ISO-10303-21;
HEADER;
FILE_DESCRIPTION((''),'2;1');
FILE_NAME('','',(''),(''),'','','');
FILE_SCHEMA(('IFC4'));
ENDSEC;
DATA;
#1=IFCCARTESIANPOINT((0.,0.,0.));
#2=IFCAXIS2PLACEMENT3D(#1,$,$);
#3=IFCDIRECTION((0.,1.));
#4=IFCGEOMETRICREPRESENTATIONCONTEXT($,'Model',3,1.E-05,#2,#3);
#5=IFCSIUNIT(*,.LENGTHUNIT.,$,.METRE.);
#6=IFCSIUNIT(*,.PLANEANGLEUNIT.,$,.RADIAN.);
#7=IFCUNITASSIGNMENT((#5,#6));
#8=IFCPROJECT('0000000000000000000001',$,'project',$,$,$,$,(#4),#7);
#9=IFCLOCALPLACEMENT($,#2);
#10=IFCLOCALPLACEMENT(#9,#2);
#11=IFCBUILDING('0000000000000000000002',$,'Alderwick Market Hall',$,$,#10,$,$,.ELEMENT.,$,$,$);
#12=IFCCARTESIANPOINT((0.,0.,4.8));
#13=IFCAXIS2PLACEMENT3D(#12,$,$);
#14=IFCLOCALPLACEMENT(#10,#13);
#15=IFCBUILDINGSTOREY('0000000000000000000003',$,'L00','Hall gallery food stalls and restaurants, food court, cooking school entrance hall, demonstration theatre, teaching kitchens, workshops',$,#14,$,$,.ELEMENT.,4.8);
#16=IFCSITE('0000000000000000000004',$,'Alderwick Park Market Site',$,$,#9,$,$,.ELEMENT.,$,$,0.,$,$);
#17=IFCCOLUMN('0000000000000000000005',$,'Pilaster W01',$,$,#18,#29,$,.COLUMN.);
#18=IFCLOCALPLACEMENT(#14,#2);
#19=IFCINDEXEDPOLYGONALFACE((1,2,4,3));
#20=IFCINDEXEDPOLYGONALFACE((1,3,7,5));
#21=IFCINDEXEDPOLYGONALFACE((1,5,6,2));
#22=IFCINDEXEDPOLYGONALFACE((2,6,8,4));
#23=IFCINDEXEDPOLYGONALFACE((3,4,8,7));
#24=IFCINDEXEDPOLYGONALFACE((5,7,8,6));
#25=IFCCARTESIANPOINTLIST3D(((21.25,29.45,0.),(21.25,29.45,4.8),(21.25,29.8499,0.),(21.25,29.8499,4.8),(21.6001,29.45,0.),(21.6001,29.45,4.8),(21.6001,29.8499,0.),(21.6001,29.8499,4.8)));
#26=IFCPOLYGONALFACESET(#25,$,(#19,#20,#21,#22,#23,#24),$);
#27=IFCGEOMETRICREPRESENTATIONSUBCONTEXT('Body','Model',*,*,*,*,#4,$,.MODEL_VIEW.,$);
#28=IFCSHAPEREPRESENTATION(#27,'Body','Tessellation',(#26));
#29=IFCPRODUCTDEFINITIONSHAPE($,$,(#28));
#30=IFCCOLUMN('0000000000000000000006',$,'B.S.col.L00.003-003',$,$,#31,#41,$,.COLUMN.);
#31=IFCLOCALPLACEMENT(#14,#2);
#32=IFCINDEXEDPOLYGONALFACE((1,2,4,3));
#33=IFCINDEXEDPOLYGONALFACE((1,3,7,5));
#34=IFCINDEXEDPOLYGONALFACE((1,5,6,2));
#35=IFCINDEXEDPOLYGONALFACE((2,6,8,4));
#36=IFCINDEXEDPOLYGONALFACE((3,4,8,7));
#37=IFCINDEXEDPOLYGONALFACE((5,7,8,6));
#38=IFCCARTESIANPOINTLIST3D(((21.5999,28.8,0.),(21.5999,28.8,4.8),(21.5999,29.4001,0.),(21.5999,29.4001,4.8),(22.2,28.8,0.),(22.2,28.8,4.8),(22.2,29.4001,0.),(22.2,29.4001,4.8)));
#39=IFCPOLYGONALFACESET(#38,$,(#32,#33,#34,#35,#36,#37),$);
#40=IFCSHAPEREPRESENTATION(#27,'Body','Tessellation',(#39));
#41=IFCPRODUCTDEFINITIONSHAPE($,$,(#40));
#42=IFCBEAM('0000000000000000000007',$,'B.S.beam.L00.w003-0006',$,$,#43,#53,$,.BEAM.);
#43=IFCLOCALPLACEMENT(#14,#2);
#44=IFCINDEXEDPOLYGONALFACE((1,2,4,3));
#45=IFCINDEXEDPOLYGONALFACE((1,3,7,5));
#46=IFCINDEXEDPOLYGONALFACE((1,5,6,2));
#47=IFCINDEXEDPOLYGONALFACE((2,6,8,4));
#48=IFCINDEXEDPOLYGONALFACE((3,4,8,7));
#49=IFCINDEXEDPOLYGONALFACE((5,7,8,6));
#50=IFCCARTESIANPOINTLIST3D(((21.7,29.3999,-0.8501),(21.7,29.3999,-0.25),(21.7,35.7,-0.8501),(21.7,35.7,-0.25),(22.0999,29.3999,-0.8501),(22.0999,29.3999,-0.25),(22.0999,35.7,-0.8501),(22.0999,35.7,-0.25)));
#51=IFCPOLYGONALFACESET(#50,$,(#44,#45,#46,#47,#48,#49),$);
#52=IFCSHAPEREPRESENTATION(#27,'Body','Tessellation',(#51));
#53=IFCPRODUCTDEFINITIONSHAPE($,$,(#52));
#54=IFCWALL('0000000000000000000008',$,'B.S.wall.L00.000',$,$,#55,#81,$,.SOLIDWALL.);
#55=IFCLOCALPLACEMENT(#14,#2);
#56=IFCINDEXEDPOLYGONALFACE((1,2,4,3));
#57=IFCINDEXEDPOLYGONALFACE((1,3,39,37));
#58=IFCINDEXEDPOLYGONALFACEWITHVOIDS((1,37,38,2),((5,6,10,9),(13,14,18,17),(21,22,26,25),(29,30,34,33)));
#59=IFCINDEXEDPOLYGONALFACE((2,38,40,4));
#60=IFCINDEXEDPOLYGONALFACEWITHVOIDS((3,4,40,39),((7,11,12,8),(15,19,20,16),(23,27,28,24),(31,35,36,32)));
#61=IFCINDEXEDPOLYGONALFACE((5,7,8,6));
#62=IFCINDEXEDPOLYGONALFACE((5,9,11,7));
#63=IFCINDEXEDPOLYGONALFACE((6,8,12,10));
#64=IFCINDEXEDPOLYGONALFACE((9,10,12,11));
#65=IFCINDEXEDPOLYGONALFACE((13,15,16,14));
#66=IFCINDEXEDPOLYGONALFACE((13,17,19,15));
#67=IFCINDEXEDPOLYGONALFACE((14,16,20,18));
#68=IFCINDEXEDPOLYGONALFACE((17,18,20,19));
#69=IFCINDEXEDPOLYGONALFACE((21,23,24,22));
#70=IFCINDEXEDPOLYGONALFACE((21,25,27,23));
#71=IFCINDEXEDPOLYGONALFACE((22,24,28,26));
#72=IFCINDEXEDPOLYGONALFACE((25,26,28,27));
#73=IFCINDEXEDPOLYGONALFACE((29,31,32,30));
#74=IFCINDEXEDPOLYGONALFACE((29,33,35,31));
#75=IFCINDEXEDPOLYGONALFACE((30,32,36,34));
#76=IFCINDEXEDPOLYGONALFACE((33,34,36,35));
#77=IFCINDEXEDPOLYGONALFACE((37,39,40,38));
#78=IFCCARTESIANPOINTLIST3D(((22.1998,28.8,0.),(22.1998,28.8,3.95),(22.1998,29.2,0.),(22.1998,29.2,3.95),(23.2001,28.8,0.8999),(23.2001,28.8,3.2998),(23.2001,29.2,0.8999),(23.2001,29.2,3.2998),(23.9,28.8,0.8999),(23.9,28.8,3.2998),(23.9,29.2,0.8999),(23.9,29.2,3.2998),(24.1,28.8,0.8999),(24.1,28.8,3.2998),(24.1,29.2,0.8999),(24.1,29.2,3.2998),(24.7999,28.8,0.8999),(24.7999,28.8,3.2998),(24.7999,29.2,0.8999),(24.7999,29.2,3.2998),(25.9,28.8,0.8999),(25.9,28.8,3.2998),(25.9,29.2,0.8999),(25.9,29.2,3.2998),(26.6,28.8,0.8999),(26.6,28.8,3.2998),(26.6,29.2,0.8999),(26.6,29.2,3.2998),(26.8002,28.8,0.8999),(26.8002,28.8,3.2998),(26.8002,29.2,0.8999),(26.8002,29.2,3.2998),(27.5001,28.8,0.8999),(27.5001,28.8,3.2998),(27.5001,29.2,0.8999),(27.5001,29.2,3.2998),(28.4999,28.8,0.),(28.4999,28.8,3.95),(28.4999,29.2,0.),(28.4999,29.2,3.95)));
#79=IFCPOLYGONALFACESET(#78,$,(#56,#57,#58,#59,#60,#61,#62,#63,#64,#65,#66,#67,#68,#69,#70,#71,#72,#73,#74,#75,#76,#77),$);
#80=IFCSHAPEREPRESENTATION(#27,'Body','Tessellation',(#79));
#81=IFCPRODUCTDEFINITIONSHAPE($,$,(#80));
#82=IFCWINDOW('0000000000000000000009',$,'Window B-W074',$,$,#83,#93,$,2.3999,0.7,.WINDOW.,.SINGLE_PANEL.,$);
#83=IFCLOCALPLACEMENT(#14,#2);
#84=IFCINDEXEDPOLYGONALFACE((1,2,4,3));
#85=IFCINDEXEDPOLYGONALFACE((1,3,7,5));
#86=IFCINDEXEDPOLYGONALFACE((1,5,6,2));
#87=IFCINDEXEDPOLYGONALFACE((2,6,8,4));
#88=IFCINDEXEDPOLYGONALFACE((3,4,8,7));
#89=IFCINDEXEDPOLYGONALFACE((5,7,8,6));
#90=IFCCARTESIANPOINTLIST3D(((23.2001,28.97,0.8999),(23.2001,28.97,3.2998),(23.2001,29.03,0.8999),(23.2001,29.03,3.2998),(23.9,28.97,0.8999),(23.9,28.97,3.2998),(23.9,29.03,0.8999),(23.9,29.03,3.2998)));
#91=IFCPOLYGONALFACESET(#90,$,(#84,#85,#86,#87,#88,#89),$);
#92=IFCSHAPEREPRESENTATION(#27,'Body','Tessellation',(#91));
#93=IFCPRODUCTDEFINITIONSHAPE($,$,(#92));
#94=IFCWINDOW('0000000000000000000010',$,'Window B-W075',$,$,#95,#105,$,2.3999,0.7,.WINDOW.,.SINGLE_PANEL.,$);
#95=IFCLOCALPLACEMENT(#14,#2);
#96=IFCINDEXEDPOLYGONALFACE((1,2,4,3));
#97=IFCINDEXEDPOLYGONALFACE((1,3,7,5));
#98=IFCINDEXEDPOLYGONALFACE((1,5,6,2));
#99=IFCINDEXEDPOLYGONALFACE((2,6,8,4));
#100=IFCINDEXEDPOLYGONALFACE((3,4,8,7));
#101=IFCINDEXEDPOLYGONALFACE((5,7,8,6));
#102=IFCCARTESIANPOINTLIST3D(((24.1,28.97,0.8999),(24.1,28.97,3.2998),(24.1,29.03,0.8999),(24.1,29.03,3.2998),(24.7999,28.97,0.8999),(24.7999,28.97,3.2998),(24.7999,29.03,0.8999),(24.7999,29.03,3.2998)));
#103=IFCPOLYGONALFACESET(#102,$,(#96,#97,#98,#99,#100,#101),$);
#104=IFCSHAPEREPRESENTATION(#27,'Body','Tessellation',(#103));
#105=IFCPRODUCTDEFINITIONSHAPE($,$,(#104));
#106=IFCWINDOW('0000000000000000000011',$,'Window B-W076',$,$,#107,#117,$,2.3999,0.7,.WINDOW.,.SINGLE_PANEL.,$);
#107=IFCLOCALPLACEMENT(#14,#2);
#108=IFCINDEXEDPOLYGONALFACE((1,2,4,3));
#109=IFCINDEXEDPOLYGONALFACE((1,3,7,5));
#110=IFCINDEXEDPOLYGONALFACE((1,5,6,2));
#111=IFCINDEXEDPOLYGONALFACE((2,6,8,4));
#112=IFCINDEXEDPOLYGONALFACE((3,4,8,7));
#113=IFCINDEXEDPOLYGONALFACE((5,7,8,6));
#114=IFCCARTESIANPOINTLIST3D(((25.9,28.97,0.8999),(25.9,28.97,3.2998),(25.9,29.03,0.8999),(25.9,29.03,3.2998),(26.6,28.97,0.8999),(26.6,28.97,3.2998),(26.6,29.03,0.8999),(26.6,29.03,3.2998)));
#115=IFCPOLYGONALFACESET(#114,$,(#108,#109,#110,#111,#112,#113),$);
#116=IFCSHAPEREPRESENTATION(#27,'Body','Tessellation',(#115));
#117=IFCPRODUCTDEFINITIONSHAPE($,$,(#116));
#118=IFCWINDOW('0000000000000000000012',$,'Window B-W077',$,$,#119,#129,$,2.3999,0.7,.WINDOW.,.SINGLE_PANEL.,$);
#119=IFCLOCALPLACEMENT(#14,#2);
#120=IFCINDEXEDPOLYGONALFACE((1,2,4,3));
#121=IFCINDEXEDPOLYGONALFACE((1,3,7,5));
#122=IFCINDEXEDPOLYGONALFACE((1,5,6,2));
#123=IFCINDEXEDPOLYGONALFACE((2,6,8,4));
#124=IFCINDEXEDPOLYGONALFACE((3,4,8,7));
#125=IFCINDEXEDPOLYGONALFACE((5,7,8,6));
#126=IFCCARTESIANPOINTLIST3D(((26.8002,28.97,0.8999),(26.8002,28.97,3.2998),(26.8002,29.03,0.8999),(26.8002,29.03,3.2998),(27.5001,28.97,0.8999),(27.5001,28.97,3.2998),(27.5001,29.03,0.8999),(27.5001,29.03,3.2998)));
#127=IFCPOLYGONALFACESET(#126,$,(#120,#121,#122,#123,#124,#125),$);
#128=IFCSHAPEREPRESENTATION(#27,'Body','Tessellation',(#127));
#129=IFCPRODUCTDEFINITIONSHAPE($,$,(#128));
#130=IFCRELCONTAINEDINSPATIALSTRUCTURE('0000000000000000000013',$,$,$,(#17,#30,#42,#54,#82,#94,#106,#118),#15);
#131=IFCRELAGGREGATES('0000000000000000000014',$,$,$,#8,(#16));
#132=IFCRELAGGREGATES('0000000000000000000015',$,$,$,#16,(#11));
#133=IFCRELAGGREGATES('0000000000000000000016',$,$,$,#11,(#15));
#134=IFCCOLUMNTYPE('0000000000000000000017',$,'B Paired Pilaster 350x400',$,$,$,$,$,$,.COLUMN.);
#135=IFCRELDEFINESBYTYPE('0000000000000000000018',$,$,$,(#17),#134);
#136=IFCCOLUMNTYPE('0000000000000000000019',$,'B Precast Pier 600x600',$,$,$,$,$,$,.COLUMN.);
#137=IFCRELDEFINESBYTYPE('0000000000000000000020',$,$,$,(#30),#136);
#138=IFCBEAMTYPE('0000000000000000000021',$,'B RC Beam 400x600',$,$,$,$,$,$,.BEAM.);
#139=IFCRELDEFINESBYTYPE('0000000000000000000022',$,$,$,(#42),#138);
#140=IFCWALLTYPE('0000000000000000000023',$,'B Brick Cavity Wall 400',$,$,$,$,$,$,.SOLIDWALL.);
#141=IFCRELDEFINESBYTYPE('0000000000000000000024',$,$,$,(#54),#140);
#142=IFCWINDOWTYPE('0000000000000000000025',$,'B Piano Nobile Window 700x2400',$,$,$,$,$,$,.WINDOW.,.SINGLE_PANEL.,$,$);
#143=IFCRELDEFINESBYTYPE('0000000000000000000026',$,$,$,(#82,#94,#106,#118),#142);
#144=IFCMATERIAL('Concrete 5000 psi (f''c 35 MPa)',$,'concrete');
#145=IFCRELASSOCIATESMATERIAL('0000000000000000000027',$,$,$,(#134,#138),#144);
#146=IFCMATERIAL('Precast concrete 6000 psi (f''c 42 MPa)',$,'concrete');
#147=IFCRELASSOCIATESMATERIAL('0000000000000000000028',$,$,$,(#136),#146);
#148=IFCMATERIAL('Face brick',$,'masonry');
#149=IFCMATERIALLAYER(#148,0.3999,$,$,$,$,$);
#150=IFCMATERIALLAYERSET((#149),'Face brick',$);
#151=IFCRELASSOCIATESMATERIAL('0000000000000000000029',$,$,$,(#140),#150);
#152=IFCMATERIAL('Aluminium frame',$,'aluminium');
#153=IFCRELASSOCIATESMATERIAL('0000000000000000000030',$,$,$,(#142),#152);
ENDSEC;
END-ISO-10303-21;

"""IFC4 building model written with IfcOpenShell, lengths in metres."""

from ifc_helpers import new_model, si_unit, direction, frame, frame_2d, origin, origin_2d, place, context, subcontext, project, spatial, rectangle, extrude, material, layer, layer_set, material_profile, profile_set, type_object, element, fill, save


model = new_model("IFC4")

# Units and contexts
model_context = context("Model", 3, precision=1e-05, world=origin(), true_north=direction((0.0, 1.0)))
body_context = subcontext(model_context, "Body", "Model", "MODEL_VIEW")
ifc_project = project(units=[si_unit("LENGTHUNIT", "METRE"), si_unit("PLANEANGLEUNIT", "RADIAN")], contexts=[model_context])

# Site, building, storey
site_placement = place(None, origin())
site = spatial("IfcSite", under=ifc_project, at=site_placement, Name="Alderwick Park Market Site", CompositionType="ELEMENT", RefElevation=0.0)
building_placement = place(site_placement, origin())
building = spatial("IfcBuilding", under=site, at=building_placement, Name="Alderwick Market Hall", CompositionType="ELEMENT")
storey_placement = place(building_placement, frame((0.0, 0.0, 4.8)))
storey = spatial("IfcBuildingStorey", under=building, at=storey_placement, Name="L00", Description="Hall gallery food stalls and restaurants, food court, cooking school entrance hall, demonstration theatre, teaching kitchens, workshops", CompositionType="ELEMENT", Elevation=4.8)

# Columns
ifc_material_1 = material(Name="Concrete 5000 psi (f'c 35 MPa)", Category="concrete")
ifc_material_profile_1 = material_profile(ifc_material_1, rectangle(XDim=0.3501, YDim=0.3999, at=origin_2d()), Name="B Paired Pilaster 350x400")
ifc_profile_set_1 = profile_set([ifc_material_profile_1], Name="Concrete 5000 psi (f'c 35 MPa)")
column_type_1 = type_object("IfcColumnType", Name="B Paired Pilaster 350x400", PredefinedType="COLUMN", material=ifc_profile_set_1)
column_1_placement = place(storey_placement, frame((21.425, 29.6499, 0.0), z_axis=(0.0, 0.0, 1.0), x_axis=(1.0, 0.0, 0.0)))
element("IfcColumn", 1, at=column_1_placement, inside=storey, type_object=column_type_1, Name="Pilaster W01", PredefinedType="COLUMN", context=body_context, shape_type="SweptSolid", body=[
    extrude(rectangle(XDim=0.3501, YDim=0.3999, at=origin_2d()), origin(), (0.0, 0.0, 1.0), 4.8),
])
ifc_material_2 = material(Name="Precast concrete 6000 psi (f'c 42 MPa)", Category="concrete")
ifc_material_profile_2 = material_profile(ifc_material_2, rectangle(XDim=0.6001, YDim=0.6001, at=origin_2d()), Name="B Precast Pier 600x600")
ifc_profile_set_2 = profile_set([ifc_material_profile_2], Name="Precast concrete 6000 psi (f'c 42 MPa)")
column_type_2 = type_object("IfcColumnType", Name="B Precast Pier 600x600", PredefinedType="COLUMN", material=ifc_profile_set_2)
column_2_placement = place(storey_placement, frame((21.8999, 29.1001, 0.0), z_axis=(0.0, 0.0, 1.0), x_axis=(1.0, 0.0, 0.0)))
element("IfcColumn", 2, at=column_2_placement, inside=storey, type_object=column_type_2, Name="B.S.col.L00.003-003", PredefinedType="COLUMN", context=body_context, shape_type="SweptSolid", body=[
    extrude(rectangle(XDim=0.6001, YDim=0.6001, at=origin_2d()), origin(), (0.0, 0.0, 1.0), 4.8),
])

# Beam
ifc_material_profile_3 = material_profile(ifc_material_1, rectangle(XDim=0.3999, YDim=0.6001, at=origin_2d()), Name="B RC Beam 400x600")
ifc_profile_set_3 = profile_set([ifc_material_profile_3], Name="Concrete 5000 psi (f'c 35 MPa)")
beam_type = type_object("IfcBeamType", Name="B RC Beam 400x600", PredefinedType="BEAM", material=ifc_profile_set_3)
beam_placement = place(storey_placement, frame((21.8999, 29.3999, -0.55), z_axis=(0.0, 1.0, 0.0), x_axis=(-1.0, 0.0, 0.0)))
element("IfcBeam", 3, at=beam_placement, inside=storey, type_object=beam_type, Name="B.S.beam.L00.w003-0006", PredefinedType="BEAM", context=body_context, shape_type="SweptSolid", body=[
    extrude(rectangle(XDim=0.3999, YDim=0.6001, at=origin_2d()), origin(), (0.0, 0.0, 1.0), 6.3),
])

# Wall, openings, windows
ifc_material_3 = material(Name="Face brick", Category="masonry")
ifc_layer_1 = layer(ifc_material_3, 0.3999)
ifc_layer_set_1 = layer_set([ifc_layer_1], Name="Face brick")
wall_type = type_object("IfcWallType", Name="B Brick Cavity Wall 400", PredefinedType="SOLIDWALL", material=ifc_layer_set_1)
wall_1_placement = place(storey_placement, frame((22.2, 29.0, 0.0), z_axis=(0.0, 0.0, 1.0), x_axis=(1.0, 0.0, 0.0)))
wall_1 = element("IfcWall", 4, at=wall_1_placement, inside=storey, type_object=wall_type, Name="B.S.wall.L00.000", PredefinedType="SOLIDWALL", context=body_context, shape_type="SweptSolid", body=[
    extrude(rectangle(XDim=6.3, YDim=0.3999, at=frame_2d((3.1499, 0.0))), origin(), (0.0, 0.0, 1.0), 3.95),
])
opening_1_placement = place(wall_1_placement, frame((1.0, 0.0, 0.8999)))
opening_1 = element("IfcOpeningElement", 5, at=opening_1_placement, cuts=wall_1, PredefinedType="OPENING", context=body_context, shape_type="SweptSolid", body=[
    extrude(rectangle(XDim=0.7, YDim=2.3999, at=frame_2d((0.3501, 1.2))), frame((0.0, 0.21, 0.0), z_axis=(0.0, -1.0, 0.0), x_axis=(1.0, 0.0, 0.0)), (0.0, 0.0, 1.0), 0.4199),
])
opening_2_placement = place(wall_1_placement, frame((1.8999, 0.0, 0.8999)))
opening_2 = element("IfcOpeningElement", 6, at=opening_2_placement, cuts=wall_1, PredefinedType="OPENING", context=body_context, shape_type="SweptSolid", body=[
    extrude(rectangle(XDim=0.7, YDim=2.3999, at=frame_2d((0.3501, 1.2))), frame((0.0, 0.21, 0.0), z_axis=(0.0, -1.0, 0.0), x_axis=(1.0, 0.0, 0.0)), (0.0, 0.0, 1.0), 0.4199),
])
opening_3_placement = place(wall_1_placement, frame((3.7, 0.0, 0.8999)))
opening_3 = element("IfcOpeningElement", 7, at=opening_3_placement, cuts=wall_1, PredefinedType="OPENING", context=body_context, shape_type="SweptSolid", body=[
    extrude(rectangle(XDim=0.7, YDim=2.3999, at=frame_2d((0.3501, 1.2))), frame((0.0, 0.21, 0.0), z_axis=(0.0, -1.0, 0.0), x_axis=(1.0, 0.0, 0.0)), (0.0, 0.0, 1.0), 0.4199),
])
opening_4_placement = place(wall_1_placement, frame((4.6001, 0.0, 0.8999)))
opening_4 = element("IfcOpeningElement", 8, at=opening_4_placement, cuts=wall_1, PredefinedType="OPENING", context=body_context, shape_type="SweptSolid", body=[
    extrude(rectangle(XDim=0.7, YDim=2.3999, at=frame_2d((0.3501, 1.2))), frame((0.0, 0.21, 0.0), z_axis=(0.0, -1.0, 0.0), x_axis=(1.0, 0.0, 0.0)), (0.0, 0.0, 1.0), 0.4199),
])
ifc_material_4 = material(Name="Aluminium frame", Category="aluminium")
window_type = type_object("IfcWindowType", Name="B Piano Nobile Window 700x2400", PartitioningType="SINGLE_PANEL", PredefinedType="WINDOW", material=ifc_material_4)
window_1_placement = place(opening_1_placement, origin())
window_1 = element("IfcWindow", 9, at=window_1_placement, inside=storey, type_object=window_type, Name="Window B-W074", OverallHeight=2.3999, OverallWidth=0.7, PartitioningType="SINGLE_PANEL", PredefinedType="WINDOW", context=body_context, shape_type="SweptSolid", body=[
    extrude(rectangle(XDim=0.7, YDim=2.3999, at=frame_2d((0.3501, 1.2))), frame((0.0, 0.03, 0.0), z_axis=(0.0, -1.0, 0.0), x_axis=(1.0, 0.0, 0.0)), (0.0, 0.0, 1.0), 0.0601),
])
fill(opening_1, window_1)
window_2_placement = place(opening_2_placement, origin())
window_2 = element("IfcWindow", 10, at=window_2_placement, inside=storey, type_object=window_type, Name="Window B-W075", OverallHeight=2.3999, OverallWidth=0.7, PartitioningType="SINGLE_PANEL", PredefinedType="WINDOW", context=body_context, shape_type="SweptSolid", body=[
    extrude(rectangle(XDim=0.7, YDim=2.3999, at=frame_2d((0.3501, 1.2))), frame((0.0, 0.03, 0.0), z_axis=(0.0, -1.0, 0.0), x_axis=(1.0, 0.0, 0.0)), (0.0, 0.0, 1.0), 0.0601),
])
fill(opening_2, window_2)
window_3_placement = place(opening_3_placement, origin())
window_3 = element("IfcWindow", 11, at=window_3_placement, inside=storey, type_object=window_type, Name="Window B-W076", OverallHeight=2.3999, OverallWidth=0.7, PartitioningType="SINGLE_PANEL", PredefinedType="WINDOW", context=body_context, shape_type="SweptSolid", body=[
    extrude(rectangle(XDim=0.7, YDim=2.3999, at=frame_2d((0.3501, 1.2))), frame((0.0, 0.03, 0.0), z_axis=(0.0, -1.0, 0.0), x_axis=(1.0, 0.0, 0.0)), (0.0, 0.0, 1.0), 0.0601),
])
fill(opening_3, window_3)
window_4_placement = place(opening_4_placement, origin())
window_4 = element("IfcWindow", 12, at=window_4_placement, inside=storey, type_object=window_type, Name="Window B-W077", OverallHeight=2.3999, OverallWidth=0.7, PartitioningType="SINGLE_PANEL", PredefinedType="WINDOW", context=body_context, shape_type="SweptSolid", body=[
    extrude(rectangle(XDim=0.7, YDim=2.3999, at=frame_2d((0.3501, 1.2))), frame((0.0, 0.03, 0.0), z_axis=(0.0, -1.0, 0.0), x_axis=(1.0, 0.0, 0.0)), (0.0, 0.0, 1.0), 0.0601),
])
fill(opening_4, window_4)

save(model, "model.ifc")
